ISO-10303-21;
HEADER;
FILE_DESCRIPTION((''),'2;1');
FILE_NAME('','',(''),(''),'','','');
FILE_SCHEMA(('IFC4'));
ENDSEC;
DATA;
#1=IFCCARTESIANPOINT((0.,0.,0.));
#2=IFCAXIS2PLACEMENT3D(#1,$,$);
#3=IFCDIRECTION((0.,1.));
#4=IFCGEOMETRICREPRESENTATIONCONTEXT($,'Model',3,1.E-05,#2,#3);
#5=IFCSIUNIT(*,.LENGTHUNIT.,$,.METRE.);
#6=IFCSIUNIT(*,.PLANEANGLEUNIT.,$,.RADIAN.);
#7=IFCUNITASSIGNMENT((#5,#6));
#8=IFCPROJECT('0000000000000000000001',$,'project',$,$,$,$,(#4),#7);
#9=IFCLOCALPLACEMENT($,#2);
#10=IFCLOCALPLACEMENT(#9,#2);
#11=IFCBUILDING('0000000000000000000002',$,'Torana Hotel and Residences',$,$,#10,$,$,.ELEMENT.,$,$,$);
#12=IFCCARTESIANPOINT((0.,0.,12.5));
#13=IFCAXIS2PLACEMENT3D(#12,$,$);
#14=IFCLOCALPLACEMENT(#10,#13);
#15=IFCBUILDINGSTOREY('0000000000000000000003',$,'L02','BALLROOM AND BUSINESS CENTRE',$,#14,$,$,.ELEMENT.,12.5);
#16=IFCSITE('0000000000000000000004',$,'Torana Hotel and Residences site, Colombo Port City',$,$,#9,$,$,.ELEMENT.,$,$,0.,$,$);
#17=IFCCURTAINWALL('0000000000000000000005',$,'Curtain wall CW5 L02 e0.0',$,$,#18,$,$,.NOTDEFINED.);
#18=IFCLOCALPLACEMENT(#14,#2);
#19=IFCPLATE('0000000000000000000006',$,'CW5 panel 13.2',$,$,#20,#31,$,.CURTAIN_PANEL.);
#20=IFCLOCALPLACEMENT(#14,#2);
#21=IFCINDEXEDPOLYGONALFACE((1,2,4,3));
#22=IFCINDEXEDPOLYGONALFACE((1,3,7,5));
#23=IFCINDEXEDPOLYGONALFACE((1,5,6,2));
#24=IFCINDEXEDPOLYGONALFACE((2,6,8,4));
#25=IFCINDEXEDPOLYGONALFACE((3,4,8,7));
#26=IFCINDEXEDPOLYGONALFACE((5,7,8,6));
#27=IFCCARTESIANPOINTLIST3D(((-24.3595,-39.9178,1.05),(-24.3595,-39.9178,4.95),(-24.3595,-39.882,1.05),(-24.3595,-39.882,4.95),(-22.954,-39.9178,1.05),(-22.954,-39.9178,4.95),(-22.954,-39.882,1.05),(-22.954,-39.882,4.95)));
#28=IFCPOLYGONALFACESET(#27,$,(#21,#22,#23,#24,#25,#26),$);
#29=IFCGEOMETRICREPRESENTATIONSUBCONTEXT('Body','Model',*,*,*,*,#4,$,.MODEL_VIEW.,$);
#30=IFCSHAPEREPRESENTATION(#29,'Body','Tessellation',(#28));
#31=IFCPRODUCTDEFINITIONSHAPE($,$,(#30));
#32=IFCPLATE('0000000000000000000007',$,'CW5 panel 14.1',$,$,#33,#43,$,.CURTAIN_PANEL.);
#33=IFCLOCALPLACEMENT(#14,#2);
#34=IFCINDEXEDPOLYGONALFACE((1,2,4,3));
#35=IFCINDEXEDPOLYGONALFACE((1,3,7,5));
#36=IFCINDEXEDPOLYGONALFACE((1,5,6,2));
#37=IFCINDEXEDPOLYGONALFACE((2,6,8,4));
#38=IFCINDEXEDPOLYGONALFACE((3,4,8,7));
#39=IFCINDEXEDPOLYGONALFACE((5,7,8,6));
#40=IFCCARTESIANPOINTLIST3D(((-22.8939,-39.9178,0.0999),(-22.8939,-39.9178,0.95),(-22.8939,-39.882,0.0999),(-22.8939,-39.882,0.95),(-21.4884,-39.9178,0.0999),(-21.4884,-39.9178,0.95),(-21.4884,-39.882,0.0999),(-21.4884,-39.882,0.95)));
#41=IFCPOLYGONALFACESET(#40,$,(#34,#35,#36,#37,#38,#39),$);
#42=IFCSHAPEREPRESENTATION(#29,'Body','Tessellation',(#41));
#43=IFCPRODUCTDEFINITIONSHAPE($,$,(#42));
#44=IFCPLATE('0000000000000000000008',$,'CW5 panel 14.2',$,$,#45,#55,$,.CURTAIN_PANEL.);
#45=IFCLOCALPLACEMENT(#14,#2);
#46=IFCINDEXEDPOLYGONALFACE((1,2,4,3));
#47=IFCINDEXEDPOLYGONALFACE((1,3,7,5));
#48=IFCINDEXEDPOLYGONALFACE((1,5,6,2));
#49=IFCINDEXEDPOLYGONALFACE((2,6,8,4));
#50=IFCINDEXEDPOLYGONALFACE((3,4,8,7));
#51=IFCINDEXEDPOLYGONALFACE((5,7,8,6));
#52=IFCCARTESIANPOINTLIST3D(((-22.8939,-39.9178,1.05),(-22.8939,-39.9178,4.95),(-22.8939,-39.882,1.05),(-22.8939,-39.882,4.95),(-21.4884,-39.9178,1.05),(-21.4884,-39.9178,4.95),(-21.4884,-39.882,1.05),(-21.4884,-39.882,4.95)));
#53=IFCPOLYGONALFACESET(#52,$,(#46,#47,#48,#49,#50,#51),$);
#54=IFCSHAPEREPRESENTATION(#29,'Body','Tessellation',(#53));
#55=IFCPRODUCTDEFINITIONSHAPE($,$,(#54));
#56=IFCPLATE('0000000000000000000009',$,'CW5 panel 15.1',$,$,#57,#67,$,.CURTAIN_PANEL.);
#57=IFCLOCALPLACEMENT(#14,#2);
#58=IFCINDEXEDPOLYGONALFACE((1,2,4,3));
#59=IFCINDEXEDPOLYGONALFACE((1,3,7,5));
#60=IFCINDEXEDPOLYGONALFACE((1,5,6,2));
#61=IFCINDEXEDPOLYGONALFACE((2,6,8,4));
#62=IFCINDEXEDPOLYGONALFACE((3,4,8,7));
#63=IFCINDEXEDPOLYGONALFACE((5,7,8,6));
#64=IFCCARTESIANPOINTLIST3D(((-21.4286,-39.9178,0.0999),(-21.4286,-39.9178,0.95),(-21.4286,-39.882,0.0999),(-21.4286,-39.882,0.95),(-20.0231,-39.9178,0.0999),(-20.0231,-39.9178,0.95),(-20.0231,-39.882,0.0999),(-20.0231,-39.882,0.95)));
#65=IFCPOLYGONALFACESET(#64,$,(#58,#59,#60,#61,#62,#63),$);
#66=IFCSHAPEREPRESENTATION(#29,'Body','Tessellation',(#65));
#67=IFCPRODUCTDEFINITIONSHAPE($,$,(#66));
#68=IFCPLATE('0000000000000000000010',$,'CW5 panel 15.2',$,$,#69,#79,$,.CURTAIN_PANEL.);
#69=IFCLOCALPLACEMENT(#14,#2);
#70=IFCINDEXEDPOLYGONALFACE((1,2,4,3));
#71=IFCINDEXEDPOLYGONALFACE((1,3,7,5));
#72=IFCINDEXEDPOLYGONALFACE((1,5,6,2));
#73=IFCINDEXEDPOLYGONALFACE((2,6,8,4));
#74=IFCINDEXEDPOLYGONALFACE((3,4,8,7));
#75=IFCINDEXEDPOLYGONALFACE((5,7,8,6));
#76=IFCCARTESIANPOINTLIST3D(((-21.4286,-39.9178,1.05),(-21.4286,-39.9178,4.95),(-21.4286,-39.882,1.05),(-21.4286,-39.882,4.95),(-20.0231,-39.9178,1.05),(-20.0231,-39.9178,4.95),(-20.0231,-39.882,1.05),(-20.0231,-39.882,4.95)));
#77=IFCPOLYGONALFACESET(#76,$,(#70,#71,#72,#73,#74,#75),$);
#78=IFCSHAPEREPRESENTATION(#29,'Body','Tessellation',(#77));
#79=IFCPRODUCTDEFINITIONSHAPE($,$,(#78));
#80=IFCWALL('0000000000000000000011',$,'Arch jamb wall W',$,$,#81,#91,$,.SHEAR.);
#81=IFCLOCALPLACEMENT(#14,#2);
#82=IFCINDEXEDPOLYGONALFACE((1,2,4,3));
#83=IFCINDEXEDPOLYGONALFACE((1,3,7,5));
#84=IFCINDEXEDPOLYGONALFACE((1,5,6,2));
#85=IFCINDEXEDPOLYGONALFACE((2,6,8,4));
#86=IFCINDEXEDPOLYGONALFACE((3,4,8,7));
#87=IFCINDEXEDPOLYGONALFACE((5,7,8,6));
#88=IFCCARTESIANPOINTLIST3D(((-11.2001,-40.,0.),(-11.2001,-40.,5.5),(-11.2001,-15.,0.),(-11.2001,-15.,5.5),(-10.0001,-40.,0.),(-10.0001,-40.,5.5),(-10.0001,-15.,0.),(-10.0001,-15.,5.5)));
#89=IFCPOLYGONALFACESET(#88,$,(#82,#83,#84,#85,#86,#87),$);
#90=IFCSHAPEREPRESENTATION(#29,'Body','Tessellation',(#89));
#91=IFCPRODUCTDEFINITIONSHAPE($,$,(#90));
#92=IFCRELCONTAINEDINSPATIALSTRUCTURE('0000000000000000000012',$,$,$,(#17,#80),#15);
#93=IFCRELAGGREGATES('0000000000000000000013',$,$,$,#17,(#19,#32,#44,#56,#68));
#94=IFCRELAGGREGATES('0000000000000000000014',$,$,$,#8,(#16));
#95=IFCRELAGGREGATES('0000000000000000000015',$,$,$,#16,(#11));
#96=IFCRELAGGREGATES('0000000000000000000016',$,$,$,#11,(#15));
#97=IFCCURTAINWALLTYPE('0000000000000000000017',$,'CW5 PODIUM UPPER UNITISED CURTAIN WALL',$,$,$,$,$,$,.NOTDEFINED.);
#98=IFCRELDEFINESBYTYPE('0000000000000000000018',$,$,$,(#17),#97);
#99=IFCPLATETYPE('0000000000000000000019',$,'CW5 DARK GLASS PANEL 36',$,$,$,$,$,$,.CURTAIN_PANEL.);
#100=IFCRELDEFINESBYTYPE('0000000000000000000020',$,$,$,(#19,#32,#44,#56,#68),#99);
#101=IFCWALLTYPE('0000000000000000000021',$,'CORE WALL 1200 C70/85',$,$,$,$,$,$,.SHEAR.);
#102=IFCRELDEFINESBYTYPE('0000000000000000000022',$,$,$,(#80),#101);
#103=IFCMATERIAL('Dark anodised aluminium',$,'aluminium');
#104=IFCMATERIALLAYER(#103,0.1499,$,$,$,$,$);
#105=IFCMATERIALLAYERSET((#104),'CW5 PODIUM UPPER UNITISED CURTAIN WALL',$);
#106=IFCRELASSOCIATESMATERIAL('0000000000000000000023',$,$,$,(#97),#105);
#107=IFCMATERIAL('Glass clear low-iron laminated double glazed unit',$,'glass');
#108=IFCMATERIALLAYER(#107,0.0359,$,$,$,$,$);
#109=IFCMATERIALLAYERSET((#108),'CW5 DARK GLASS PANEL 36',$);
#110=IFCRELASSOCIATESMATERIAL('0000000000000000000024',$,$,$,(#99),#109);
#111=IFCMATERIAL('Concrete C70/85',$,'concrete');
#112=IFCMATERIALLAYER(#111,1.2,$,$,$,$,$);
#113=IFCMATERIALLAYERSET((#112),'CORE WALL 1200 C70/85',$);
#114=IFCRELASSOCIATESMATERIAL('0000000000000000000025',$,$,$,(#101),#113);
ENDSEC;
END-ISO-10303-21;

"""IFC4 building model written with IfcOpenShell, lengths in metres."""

from ifc_helpers import new_model, si_unit, direction, frame, frame_2d, origin, origin_2d, place, context, subcontext, project, spatial, rectangle, extrude, material, layer, layer_set, type_object, element, aggregate, save


model = new_model("IFC4")

# Units and contexts
model_context = context("Model", 3, precision=1e-05, world=origin(), true_north=direction((0.0, 1.0)))
body_context = subcontext(model_context, "Body", "Model", "MODEL_VIEW")
ifc_project = project(units=[si_unit("LENGTHUNIT", "METRE"), si_unit("PLANEANGLEUNIT", "RADIAN")], contexts=[model_context])

# Site, building, storey
site_placement = place(None, origin())
site = spatial("IfcSite", under=ifc_project, at=site_placement, Name="Torana Hotel and Residences site, Colombo Port City", CompositionType="ELEMENT", RefElevation=0.0)
building_placement = place(site_placement, origin())
building = spatial("IfcBuilding", under=site, at=building_placement, Name="Torana Hotel and Residences", CompositionType="ELEMENT")
storey_placement = place(building_placement, frame((0.0, 0.0, 12.5)))
storey = spatial("IfcBuildingStorey", under=building, at=storey_placement, Name="L02", Description="BALLROOM AND BUSINESS CENTRE", CompositionType="ELEMENT", Elevation=12.5)

# Curtain wall, plates
ifc_material_1 = material(Name="Dark anodised aluminium", Category="aluminium")
ifc_layer_1 = layer(ifc_material_1, 0.1499)
ifc_layer_set_1 = layer_set([ifc_layer_1], Name="CW5 PODIUM UPPER UNITISED CURTAIN WALL")
curtain_wall_type = type_object("IfcCurtainWallType", Name="CW5 PODIUM UPPER UNITISED CURTAIN WALL", PredefinedType="NOTDEFINED", material=ifc_layer_set_1)
curtain_wall_placement = place(storey_placement, origin())
curtain_wall = element("IfcCurtainWall", 1, at=curtain_wall_placement, inside=storey, type_object=curtain_wall_type, Name="Curtain wall CW5 L02 e0.0", PredefinedType="NOTDEFINED")
ifc_material_2 = material(Name="Glass clear low-iron laminated double glazed unit", Category="glass")
ifc_layer_2 = layer(ifc_material_2, 0.0359)
ifc_layer_set_2 = layer_set([ifc_layer_2], Name="CW5 DARK GLASS PANEL 36")
plate_type = type_object("IfcPlateType", Name="CW5 DARK GLASS PANEL 36", PredefinedType="CURTAIN_PANEL", material=ifc_layer_set_2)
plate_1_placement = place(storey_placement, frame((-23.6567, -39.8999, 1.05), z_axis=(0.0, 0.0, 1.0), x_axis=(1.0, 0.0, 0.0)))
plate_1 = element("IfcPlate", 2, at=plate_1_placement, type_object=plate_type, Name="CW5 panel 13.2", PredefinedType="CURTAIN_PANEL", context=body_context, shape_type="SweptSolid", body=[
    extrude(rectangle(XDim=1.4055, YDim=0.0359, at=origin_2d()), origin(), (0.0, 0.0, 1.0), 3.8999),
])
plate_2_placement = place(storey_placement, frame((-22.1912, -39.8999, 0.0999), z_axis=(0.0, 0.0, 1.0), x_axis=(1.0, 0.0, 0.0)))
plate_2 = element("IfcPlate", 3, at=plate_2_placement, type_object=plate_type, Name="CW5 panel 14.1", PredefinedType="CURTAIN_PANEL", context=body_context, shape_type="SweptSolid", body=[
    extrude(rectangle(XDim=1.4055, YDim=0.0359, at=origin_2d()), origin(), (0.0, 0.0, 1.0), 0.8501),
])
plate_3_placement = place(storey_placement, frame((-22.1912, -39.8999, 1.05), z_axis=(0.0, 0.0, 1.0), x_axis=(1.0, 0.0, 0.0)))
plate_3 = element("IfcPlate", 4, at=plate_3_placement, type_object=plate_type, Name="CW5 panel 14.2", PredefinedType="CURTAIN_PANEL", context=body_context, shape_type="SweptSolid", body=[
    extrude(rectangle(XDim=1.4055, YDim=0.0359, at=origin_2d()), origin(), (0.0, 0.0, 1.0), 3.8999),
])
plate_4_placement = place(storey_placement, frame((-20.7258, -39.8999, 0.0999), z_axis=(0.0, 0.0, 1.0), x_axis=(1.0, 0.0, 0.0)))
plate_4 = element("IfcPlate", 5, at=plate_4_placement, type_object=plate_type, Name="CW5 panel 15.1", PredefinedType="CURTAIN_PANEL", context=body_context, shape_type="SweptSolid", body=[
    extrude(rectangle(XDim=1.4055, YDim=0.0359, at=origin_2d()), origin(), (0.0, 0.0, 1.0), 0.8501),
])
plate_5_placement = place(storey_placement, frame((-20.7258, -39.8999, 1.05), z_axis=(0.0, 0.0, 1.0), x_axis=(1.0, 0.0, 0.0)))
plate_5 = element("IfcPlate", 6, at=plate_5_placement, type_object=plate_type, Name="CW5 panel 15.2", PredefinedType="CURTAIN_PANEL", context=body_context, shape_type="SweptSolid", body=[
    extrude(rectangle(XDim=1.4055, YDim=0.0359, at=origin_2d()), origin(), (0.0, 0.0, 1.0), 3.8999),
])
aggregate(curtain_wall, [plate_1, plate_2, plate_3, plate_4, plate_5])

# Wall
ifc_material_3 = material(Name="Concrete C70/85", Category="concrete")
ifc_layer_3 = layer(ifc_material_3, 1.2)
ifc_layer_set_3 = layer_set([ifc_layer_3], Name="CORE WALL 1200 C70/85")
wall_type = type_object("IfcWallType", Name="CORE WALL 1200 C70/85", PredefinedType="SHEAR", material=ifc_layer_set_3)
wall_placement = place(storey_placement, frame((-10.6001, -40.0, 0.0), z_axis=(0.0, 0.0, 1.0), x_axis=(0.0, 1.0, 0.0)))
element("IfcWall", 7, at=wall_placement, inside=storey, type_object=wall_type, Name="Arch jamb wall W", PredefinedType="SHEAR", context=body_context, shape_type="SweptSolid", body=[
    extrude(rectangle(XDim=25.0, YDim=1.2, at=frame_2d((12.5, 0.0))), origin(), (0.0, 0.0, 1.0), 5.5),
])

save(model, "model.ifc")
